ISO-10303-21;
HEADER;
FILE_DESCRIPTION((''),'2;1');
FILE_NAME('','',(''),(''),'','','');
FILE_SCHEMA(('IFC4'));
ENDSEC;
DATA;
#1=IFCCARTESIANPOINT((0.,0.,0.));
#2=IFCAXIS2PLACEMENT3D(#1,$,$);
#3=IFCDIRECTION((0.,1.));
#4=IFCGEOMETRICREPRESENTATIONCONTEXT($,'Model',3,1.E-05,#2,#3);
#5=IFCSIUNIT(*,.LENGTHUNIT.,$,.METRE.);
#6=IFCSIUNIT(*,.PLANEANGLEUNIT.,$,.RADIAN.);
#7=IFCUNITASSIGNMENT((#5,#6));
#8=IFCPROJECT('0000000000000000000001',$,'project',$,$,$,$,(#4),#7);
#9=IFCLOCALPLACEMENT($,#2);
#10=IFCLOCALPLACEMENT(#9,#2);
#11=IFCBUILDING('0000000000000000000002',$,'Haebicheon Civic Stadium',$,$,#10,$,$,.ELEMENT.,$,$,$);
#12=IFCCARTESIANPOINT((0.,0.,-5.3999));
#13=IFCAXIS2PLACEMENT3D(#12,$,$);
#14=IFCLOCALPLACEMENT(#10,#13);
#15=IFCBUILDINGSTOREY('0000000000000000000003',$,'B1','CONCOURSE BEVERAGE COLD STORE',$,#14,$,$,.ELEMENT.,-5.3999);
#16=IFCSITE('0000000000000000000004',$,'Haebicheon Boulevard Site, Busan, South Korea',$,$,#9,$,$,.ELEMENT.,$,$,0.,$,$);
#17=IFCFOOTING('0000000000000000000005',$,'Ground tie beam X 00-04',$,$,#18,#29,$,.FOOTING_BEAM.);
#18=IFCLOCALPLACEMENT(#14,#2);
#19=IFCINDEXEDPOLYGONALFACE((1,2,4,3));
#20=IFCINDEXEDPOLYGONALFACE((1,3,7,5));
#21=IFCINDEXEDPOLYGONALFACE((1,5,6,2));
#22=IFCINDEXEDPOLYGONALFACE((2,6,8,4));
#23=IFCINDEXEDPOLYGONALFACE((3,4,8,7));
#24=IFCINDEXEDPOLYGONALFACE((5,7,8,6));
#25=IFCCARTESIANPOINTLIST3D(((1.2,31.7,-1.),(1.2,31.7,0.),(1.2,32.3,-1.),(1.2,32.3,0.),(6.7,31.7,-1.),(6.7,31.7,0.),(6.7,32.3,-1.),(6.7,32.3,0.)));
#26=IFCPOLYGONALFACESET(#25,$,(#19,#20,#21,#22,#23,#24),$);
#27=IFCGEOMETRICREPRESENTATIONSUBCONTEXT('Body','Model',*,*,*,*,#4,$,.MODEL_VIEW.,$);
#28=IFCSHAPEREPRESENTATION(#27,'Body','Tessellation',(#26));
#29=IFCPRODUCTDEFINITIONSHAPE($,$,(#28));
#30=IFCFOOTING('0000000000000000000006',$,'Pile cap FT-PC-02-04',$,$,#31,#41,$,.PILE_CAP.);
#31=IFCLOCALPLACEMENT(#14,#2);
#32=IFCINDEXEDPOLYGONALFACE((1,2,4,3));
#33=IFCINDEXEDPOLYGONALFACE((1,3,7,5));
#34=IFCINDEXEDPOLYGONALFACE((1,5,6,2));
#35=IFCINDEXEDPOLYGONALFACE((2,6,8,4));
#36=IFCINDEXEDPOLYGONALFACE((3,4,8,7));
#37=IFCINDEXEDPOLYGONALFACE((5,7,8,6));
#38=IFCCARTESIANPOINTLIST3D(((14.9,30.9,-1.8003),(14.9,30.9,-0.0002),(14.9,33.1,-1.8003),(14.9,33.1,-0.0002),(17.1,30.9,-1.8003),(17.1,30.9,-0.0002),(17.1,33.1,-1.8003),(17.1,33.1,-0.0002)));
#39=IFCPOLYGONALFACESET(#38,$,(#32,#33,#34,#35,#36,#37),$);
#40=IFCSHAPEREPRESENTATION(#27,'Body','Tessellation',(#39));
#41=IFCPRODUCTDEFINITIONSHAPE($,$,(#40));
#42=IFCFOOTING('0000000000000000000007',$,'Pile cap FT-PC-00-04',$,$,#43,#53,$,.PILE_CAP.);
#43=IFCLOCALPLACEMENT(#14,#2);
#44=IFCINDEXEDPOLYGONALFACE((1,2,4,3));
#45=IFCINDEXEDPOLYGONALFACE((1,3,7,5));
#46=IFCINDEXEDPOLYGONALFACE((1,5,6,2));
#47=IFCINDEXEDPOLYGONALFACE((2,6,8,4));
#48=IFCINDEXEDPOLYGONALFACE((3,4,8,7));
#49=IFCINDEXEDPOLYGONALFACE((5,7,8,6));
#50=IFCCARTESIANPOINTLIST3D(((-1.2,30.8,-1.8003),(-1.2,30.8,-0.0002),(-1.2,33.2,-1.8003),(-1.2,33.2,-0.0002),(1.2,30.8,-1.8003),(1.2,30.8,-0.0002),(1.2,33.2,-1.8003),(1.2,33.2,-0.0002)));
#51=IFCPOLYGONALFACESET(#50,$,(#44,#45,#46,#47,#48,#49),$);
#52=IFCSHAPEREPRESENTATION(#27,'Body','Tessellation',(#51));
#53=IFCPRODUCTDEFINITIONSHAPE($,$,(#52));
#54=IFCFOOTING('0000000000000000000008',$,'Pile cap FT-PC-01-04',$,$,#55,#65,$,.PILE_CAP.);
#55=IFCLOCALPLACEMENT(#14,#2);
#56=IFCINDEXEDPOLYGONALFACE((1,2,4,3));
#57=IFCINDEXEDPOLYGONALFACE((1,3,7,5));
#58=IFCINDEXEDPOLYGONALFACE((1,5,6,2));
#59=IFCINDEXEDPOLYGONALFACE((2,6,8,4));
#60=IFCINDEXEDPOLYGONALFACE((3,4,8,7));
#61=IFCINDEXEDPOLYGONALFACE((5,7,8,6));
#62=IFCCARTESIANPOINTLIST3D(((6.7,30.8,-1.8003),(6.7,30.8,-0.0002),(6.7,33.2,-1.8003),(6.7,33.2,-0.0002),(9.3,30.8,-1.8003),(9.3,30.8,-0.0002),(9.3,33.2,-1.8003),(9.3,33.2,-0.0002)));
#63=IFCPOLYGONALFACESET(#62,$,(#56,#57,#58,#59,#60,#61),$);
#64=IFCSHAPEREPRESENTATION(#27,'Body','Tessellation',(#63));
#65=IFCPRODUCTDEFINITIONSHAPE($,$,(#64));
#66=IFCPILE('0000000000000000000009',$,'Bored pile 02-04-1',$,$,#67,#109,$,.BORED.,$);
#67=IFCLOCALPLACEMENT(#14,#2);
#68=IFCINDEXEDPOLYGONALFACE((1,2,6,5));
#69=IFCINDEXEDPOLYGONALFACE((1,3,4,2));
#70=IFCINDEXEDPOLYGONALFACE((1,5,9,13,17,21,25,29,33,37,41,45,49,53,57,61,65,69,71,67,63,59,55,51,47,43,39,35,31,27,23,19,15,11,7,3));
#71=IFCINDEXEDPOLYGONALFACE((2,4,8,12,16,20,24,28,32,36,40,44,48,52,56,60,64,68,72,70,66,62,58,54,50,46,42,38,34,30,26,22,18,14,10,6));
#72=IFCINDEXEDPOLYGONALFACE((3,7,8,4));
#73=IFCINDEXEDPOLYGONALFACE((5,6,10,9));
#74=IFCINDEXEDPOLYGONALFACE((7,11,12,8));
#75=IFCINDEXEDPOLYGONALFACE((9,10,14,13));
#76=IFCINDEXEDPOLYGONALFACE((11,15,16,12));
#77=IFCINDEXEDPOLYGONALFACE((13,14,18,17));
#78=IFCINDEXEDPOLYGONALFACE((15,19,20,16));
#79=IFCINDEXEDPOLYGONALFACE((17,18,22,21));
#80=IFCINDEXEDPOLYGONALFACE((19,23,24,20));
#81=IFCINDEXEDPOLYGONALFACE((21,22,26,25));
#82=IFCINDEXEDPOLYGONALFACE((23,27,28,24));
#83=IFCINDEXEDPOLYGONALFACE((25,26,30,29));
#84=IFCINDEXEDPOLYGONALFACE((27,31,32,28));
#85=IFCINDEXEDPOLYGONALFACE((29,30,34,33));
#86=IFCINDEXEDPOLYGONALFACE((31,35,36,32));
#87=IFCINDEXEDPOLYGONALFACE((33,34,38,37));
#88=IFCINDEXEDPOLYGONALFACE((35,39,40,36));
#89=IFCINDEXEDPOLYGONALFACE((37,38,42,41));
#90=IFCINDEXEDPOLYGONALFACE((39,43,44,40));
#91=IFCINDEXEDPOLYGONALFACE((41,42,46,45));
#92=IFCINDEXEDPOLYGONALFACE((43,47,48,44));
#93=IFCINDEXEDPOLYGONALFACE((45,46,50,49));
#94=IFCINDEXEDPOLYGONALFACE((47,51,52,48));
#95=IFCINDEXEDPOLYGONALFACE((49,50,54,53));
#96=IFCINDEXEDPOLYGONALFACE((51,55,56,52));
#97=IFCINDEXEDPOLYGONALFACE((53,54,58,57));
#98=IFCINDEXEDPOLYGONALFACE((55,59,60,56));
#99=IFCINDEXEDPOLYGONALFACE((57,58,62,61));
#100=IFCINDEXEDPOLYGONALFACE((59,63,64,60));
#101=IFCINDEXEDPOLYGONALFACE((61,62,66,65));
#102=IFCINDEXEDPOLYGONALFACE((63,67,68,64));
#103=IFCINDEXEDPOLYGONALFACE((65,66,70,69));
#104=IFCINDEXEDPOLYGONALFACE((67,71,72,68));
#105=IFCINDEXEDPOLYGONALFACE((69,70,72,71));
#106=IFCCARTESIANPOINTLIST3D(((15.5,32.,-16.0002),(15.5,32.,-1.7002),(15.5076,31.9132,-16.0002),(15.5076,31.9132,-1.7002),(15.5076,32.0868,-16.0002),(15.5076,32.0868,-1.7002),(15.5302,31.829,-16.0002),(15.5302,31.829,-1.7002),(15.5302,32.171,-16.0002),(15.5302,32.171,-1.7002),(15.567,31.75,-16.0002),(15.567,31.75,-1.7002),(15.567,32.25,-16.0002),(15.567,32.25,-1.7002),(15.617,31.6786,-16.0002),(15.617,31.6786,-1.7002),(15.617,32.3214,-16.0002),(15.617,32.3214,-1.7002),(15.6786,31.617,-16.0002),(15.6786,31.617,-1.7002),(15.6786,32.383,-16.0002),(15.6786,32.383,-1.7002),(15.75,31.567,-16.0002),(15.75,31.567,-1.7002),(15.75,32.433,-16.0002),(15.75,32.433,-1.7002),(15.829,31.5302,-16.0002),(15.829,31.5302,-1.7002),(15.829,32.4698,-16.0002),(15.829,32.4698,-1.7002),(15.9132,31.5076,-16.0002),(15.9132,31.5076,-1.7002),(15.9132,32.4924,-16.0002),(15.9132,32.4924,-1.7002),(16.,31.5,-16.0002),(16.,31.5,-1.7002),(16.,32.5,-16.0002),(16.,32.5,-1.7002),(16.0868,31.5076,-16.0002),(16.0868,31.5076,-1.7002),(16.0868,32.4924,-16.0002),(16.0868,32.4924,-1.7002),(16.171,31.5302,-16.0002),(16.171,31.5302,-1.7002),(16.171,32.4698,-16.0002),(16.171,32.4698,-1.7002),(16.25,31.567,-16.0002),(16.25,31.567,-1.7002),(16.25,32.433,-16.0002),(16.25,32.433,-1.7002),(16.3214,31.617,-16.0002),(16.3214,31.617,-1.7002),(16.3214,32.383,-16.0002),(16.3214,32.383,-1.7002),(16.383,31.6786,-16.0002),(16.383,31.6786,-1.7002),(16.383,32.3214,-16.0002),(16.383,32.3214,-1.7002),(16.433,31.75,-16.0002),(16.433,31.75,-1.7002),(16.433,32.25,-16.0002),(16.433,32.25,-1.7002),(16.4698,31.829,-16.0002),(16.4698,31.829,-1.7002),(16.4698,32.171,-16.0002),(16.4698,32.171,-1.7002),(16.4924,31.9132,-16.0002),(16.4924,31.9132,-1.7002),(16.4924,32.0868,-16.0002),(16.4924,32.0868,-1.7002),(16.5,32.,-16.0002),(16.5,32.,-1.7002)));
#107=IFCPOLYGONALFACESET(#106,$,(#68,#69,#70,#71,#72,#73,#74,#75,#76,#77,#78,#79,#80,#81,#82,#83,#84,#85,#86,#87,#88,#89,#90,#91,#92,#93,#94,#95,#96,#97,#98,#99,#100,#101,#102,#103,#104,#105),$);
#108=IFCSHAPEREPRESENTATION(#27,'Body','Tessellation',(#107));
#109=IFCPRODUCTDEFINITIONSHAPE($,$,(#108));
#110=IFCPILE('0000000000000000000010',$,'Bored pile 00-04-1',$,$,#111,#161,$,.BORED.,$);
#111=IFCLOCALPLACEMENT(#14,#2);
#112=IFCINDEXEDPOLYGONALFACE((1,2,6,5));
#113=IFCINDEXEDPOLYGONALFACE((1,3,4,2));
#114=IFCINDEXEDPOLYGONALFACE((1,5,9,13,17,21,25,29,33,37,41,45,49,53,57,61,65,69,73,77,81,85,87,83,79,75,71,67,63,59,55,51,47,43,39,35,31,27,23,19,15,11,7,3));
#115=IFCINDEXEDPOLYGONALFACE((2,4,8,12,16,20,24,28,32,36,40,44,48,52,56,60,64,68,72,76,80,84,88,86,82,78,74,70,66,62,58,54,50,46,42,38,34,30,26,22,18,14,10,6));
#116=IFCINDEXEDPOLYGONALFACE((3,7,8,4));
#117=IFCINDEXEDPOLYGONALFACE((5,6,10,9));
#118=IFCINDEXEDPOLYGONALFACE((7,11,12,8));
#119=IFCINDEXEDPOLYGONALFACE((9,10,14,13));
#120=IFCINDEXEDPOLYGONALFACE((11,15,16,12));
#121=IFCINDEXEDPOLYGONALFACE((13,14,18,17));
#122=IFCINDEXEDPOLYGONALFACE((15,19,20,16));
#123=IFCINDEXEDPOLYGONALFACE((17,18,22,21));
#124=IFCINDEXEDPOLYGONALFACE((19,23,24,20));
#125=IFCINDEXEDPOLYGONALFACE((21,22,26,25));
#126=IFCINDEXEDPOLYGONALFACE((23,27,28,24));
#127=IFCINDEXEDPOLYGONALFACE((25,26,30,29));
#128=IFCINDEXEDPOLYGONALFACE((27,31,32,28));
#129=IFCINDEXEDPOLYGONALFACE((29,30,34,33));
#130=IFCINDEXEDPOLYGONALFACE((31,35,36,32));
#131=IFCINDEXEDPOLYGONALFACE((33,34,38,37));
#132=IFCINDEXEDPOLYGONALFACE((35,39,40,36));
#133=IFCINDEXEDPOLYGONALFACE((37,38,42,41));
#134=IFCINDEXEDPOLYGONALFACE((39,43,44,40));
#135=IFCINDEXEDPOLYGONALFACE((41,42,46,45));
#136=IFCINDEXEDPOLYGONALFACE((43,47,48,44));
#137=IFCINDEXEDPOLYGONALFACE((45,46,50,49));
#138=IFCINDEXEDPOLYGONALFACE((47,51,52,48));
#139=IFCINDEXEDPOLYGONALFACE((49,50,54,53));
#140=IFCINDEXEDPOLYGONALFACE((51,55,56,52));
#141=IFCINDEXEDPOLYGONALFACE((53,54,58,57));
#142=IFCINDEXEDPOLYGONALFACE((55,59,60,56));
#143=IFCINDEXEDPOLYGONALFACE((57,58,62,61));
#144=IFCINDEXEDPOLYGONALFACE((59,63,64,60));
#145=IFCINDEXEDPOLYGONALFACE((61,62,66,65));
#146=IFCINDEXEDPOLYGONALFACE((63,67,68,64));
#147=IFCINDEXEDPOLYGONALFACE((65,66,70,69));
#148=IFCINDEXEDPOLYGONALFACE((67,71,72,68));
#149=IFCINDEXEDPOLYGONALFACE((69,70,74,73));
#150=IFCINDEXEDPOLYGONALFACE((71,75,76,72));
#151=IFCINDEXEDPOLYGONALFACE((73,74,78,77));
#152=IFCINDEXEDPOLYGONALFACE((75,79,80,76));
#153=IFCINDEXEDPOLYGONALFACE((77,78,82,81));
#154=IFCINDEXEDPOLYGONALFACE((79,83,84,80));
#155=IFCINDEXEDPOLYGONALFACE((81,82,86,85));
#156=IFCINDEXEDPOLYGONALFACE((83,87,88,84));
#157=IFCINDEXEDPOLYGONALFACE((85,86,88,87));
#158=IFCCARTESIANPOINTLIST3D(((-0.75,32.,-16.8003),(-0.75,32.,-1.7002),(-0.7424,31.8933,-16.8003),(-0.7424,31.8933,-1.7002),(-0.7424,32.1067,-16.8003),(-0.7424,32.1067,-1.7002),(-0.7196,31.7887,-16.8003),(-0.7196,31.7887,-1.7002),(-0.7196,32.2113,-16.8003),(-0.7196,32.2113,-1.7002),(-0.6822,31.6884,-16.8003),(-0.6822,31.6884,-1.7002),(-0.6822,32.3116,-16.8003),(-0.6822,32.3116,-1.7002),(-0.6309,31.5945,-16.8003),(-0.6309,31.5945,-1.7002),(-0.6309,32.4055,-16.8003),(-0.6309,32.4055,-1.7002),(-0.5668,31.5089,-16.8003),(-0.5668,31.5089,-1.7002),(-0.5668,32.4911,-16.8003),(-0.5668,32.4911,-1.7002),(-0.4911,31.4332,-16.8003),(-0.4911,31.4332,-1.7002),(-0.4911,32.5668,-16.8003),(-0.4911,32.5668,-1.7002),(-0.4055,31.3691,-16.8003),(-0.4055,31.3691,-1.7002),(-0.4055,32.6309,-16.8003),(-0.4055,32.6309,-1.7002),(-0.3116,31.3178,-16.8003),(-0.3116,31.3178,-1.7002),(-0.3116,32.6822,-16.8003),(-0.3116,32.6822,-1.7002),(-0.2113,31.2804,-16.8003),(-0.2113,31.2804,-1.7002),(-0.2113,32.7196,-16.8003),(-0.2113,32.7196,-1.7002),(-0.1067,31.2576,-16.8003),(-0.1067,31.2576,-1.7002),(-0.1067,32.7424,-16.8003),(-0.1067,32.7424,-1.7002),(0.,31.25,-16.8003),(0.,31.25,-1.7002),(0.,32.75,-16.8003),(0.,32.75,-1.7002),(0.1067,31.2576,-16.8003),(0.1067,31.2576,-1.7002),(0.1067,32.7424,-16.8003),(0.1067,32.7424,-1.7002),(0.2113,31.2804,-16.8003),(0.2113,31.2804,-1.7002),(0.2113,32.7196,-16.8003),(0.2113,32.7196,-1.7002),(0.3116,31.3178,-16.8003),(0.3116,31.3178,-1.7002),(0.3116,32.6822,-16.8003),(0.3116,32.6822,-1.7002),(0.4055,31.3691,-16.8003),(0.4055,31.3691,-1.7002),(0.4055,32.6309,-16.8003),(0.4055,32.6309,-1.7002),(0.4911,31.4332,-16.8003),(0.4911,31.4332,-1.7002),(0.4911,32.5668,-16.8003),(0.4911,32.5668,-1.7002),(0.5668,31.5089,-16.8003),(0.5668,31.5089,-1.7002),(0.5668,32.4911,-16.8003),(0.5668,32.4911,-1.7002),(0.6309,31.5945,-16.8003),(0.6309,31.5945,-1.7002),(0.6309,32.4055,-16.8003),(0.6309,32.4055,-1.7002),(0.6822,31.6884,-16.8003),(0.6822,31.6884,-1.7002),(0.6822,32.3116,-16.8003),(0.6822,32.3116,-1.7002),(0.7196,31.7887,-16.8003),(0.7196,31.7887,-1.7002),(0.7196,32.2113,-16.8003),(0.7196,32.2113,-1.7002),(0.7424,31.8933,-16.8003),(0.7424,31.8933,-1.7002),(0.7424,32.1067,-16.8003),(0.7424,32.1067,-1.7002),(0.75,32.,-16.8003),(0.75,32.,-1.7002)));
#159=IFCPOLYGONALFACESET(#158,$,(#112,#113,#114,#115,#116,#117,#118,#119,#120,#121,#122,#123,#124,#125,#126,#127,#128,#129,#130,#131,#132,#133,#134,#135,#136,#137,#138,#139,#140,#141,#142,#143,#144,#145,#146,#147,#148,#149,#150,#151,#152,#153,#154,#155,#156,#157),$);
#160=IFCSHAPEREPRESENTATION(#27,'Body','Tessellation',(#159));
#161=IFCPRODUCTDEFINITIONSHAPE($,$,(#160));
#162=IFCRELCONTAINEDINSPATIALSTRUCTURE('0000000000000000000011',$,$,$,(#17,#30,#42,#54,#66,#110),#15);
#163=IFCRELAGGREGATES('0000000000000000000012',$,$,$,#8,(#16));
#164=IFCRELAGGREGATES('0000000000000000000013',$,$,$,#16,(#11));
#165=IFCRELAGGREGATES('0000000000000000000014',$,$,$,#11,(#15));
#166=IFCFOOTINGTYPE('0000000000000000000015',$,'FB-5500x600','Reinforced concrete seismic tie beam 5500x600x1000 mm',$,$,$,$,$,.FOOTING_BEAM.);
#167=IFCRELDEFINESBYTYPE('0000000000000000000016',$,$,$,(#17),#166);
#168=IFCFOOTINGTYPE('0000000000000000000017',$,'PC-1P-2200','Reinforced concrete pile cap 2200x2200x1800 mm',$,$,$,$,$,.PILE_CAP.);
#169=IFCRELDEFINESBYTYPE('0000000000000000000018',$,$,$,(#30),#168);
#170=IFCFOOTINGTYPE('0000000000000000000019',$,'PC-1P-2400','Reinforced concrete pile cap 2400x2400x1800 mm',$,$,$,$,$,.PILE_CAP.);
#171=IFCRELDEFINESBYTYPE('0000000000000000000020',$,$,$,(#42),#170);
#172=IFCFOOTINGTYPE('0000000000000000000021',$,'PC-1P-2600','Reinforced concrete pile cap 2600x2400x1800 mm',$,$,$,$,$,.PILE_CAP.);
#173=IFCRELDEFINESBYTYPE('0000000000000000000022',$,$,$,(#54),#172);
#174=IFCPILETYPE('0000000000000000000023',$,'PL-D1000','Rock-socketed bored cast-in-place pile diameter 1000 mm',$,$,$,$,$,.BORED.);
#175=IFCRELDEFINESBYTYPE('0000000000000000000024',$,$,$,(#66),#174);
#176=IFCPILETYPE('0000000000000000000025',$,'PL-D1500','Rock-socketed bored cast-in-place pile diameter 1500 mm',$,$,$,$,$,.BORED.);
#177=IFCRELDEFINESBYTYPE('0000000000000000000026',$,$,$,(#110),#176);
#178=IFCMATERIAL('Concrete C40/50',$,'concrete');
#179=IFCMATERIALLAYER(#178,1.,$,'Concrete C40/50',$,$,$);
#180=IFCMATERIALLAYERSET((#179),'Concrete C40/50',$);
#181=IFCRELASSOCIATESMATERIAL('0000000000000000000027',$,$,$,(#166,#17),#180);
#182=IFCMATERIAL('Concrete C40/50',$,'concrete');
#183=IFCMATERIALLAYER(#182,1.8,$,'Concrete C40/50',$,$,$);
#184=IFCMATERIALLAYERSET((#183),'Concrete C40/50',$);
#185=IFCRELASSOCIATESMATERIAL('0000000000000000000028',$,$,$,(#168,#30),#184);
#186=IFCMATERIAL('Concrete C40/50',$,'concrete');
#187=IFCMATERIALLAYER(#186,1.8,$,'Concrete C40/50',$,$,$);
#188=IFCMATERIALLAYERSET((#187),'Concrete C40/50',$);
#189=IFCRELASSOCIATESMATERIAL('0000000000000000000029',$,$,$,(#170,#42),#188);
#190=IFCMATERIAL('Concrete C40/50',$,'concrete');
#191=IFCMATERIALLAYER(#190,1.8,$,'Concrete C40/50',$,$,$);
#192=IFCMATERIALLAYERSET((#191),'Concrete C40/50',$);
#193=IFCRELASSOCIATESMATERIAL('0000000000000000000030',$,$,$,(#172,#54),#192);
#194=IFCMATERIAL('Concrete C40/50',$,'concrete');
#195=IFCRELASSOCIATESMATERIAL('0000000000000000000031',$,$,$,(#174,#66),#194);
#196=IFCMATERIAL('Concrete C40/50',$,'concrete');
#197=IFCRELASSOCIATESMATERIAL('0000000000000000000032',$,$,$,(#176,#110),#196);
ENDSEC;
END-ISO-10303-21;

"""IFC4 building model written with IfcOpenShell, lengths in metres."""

from ifc_helpers import new_model, si_unit, direction, frame, origin, origin_2d, place, context, subcontext, project, spatial, rectangle, circle, extrude, material, layer, layer_set, material_profile, profile_set, type_object, element, save


model = new_model("IFC4")

# Units and contexts
model_context = context("Model", 3, precision=1e-05, world=origin(), true_north=direction((0.0, 1.0)))
body_context = subcontext(model_context, "Body", "Model", "MODEL_VIEW")
ifc_project = project(units=[si_unit("LENGTHUNIT", "METRE"), si_unit("PLANEANGLEUNIT", "RADIAN")], contexts=[model_context])

# Site, building, storey
site_placement = place(None, origin())
site = spatial("IfcSite", under=ifc_project, at=site_placement, Name="Haebicheon Boulevard Site, Busan, South Korea", CompositionType="ELEMENT", RefElevation=0.0)
building_placement = place(site_placement, origin())
building = spatial("IfcBuilding", under=site, at=building_placement, Name="Haebicheon Civic Stadium", CompositionType="ELEMENT")
storey_placement = place(building_placement, frame((0.0, 0.0, -5.3999)))
storey = spatial("IfcBuildingStorey", under=building, at=storey_placement, Name="B1", Description="CONCOURSE BEVERAGE COLD STORE", CompositionType="ELEMENT", Elevation=-5.3999)

# Footings
ifc_material_1 = material(Name="Concrete C40/50", Category="concrete")
ifc_layer_1 = layer(ifc_material_1, 1.0, Name="Concrete C40/50")
ifc_layer_set_1 = layer_set([ifc_layer_1], Name="Concrete C40/50")
footing_type_1 = type_object("IfcFootingType", Name="FB-5500x600", Description="Reinforced concrete seismic tie beam 5500x600x1000 mm", PredefinedType="FOOTING_BEAM", material=ifc_layer_set_1)
footing_1_placement = place(storey_placement, frame((3.95, 32.0, -1.0), z_axis=(0.0, 0.0, 1.0), x_axis=(1.0, 0.0, 0.0)))
element("IfcFooting", 1, at=footing_1_placement, inside=storey, type_object=footing_type_1, material=ifc_layer_set_1, Name="Ground tie beam X 00-04", PredefinedType="FOOTING_BEAM", context=body_context, shape_type="SweptSolid", body=[
    extrude(rectangle(XDim=5.5, YDim=0.6001, at=origin_2d()), origin(), (0.0, 0.0, 1.0), 1.0),
])
ifc_material_2 = material(Name="Concrete C40/50", Category="concrete")
ifc_layer_2 = layer(ifc_material_2, 1.8, Name="Concrete C40/50")
ifc_layer_set_2 = layer_set([ifc_layer_2], Name="Concrete C40/50")
footing_type_2 = type_object("IfcFootingType", Name="PC-1P-2200", Description="Reinforced concrete pile cap 2200x2200x1800 mm", PredefinedType="PILE_CAP", material=ifc_layer_set_2)
footing_2_placement = place(storey_placement, frame((16.0, 32.0, -1.8003), z_axis=(0.0, 0.0, 1.0), x_axis=(1.0, 0.0, 0.0)))
element("IfcFooting", 2, at=footing_2_placement, inside=storey, type_object=footing_type_2, material=ifc_layer_set_2, Name="Pile cap FT-PC-02-04", PredefinedType="PILE_CAP", context=body_context, shape_type="SweptSolid", body=[
    extrude(rectangle(XDim=2.2, YDim=2.2, at=origin_2d()), origin(), (0.0, 0.0, 1.0), 1.8),
])
ifc_material_3 = material(Name="Concrete C40/50", Category="concrete")
ifc_layer_3 = layer(ifc_material_3, 1.8, Name="Concrete C40/50")
ifc_layer_set_3 = layer_set([ifc_layer_3], Name="Concrete C40/50")
footing_type_3 = type_object("IfcFootingType", Name="PC-1P-2400", Description="Reinforced concrete pile cap 2400x2400x1800 mm", PredefinedType="PILE_CAP", material=ifc_layer_set_3)
footing_3_placement = place(storey_placement, frame((0.0, 32.0, -1.8003), z_axis=(0.0, 0.0, 1.0), x_axis=(1.0, 0.0, 0.0)))
element("IfcFooting", 3, at=footing_3_placement, inside=storey, type_object=footing_type_3, material=ifc_layer_set_3, Name="Pile cap FT-PC-00-04", PredefinedType="PILE_CAP", context=body_context, shape_type="SweptSolid", body=[
    extrude(rectangle(XDim=2.3999, YDim=2.3999, at=origin_2d()), origin(), (0.0, 0.0, 1.0), 1.8),
])
ifc_material_4 = material(Name="Concrete C40/50", Category="concrete")
ifc_layer_4 = layer(ifc_material_4, 1.8, Name="Concrete C40/50")
ifc_layer_set_4 = layer_set([ifc_layer_4], Name="Concrete C40/50")
footing_type_4 = type_object("IfcFootingType", Name="PC-1P-2600", Description="Reinforced concrete pile cap 2600x2400x1800 mm", PredefinedType="PILE_CAP", material=ifc_layer_set_4)
footing_4_placement = place(storey_placement, frame((8.0, 32.0, -1.8003), z_axis=(0.0, 0.0, 1.0), x_axis=(1.0, 0.0, 0.0)))
element("IfcFooting", 4, at=footing_4_placement, inside=storey, type_object=footing_type_4, material=ifc_layer_set_4, Name="Pile cap FT-PC-01-04", PredefinedType="PILE_CAP", context=body_context, shape_type="SweptSolid", body=[
    extrude(rectangle(XDim=2.6001, YDim=2.3999, at=origin_2d()), origin(), (0.0, 0.0, 1.0), 1.8),
])

# Piles
ifc_material_5 = material(Name="Concrete C40/50", Category="concrete")
ifc_material_profile_1 = material_profile(ifc_material_5, circle(Radius=0.5, at=origin_2d()), Name="PILE-D1000")
ifc_profile_set_1 = profile_set([ifc_material_profile_1], Name="Concrete C40/50")
pile_type_1 = type_object("IfcPileType", Name="PL-D1000", Description="Rock-socketed bored cast-in-place pile diameter 1000 mm", PredefinedType="BORED", material=ifc_profile_set_1)
pile_1_placement = place(storey_placement, frame((16.0, 32.0, -1.7002), z_axis=(0.0, 0.0, -1.0), x_axis=(1.0, 0.0, 0.0)))
element("IfcPile", 5, at=pile_1_placement, inside=storey, type_object=pile_type_1, material=ifc_profile_set_1, Name="Bored pile 02-04-1", PredefinedType="BORED", context=body_context, shape_type="SweptSolid", body=[
    extrude(circle(Radius=0.5, at=origin_2d()), origin(), (0.0, 0.0, 1.0), 14.3),
])
ifc_material_6 = material(Name="Concrete C40/50", Category="concrete")
ifc_material_profile_2 = material_profile(ifc_material_6, circle(Radius=0.75, at=origin_2d()), Name="PILE-D1500")
ifc_profile_set_2 = profile_set([ifc_material_profile_2], Name="Concrete C40/50")
pile_type_2 = type_object("IfcPileType", Name="PL-D1500", Description="Rock-socketed bored cast-in-place pile diameter 1500 mm", PredefinedType="BORED", material=ifc_profile_set_2)
pile_2_placement = place(storey_placement, frame((0.0, 32.0, -1.7002), z_axis=(0.0, 0.0, -1.0), x_axis=(1.0, 0.0, 0.0)))
element("IfcPile", 6, at=pile_2_placement, inside=storey, type_object=pile_type_2, material=ifc_profile_set_2, Name="Bored pile 00-04-1", PredefinedType="BORED", context=body_context, shape_type="SweptSolid", body=[
    extrude(circle(Radius=0.75, at=origin_2d()), origin(), (0.0, 0.0, 1.0), 15.1001),
])

save(model, "model.ifc")
